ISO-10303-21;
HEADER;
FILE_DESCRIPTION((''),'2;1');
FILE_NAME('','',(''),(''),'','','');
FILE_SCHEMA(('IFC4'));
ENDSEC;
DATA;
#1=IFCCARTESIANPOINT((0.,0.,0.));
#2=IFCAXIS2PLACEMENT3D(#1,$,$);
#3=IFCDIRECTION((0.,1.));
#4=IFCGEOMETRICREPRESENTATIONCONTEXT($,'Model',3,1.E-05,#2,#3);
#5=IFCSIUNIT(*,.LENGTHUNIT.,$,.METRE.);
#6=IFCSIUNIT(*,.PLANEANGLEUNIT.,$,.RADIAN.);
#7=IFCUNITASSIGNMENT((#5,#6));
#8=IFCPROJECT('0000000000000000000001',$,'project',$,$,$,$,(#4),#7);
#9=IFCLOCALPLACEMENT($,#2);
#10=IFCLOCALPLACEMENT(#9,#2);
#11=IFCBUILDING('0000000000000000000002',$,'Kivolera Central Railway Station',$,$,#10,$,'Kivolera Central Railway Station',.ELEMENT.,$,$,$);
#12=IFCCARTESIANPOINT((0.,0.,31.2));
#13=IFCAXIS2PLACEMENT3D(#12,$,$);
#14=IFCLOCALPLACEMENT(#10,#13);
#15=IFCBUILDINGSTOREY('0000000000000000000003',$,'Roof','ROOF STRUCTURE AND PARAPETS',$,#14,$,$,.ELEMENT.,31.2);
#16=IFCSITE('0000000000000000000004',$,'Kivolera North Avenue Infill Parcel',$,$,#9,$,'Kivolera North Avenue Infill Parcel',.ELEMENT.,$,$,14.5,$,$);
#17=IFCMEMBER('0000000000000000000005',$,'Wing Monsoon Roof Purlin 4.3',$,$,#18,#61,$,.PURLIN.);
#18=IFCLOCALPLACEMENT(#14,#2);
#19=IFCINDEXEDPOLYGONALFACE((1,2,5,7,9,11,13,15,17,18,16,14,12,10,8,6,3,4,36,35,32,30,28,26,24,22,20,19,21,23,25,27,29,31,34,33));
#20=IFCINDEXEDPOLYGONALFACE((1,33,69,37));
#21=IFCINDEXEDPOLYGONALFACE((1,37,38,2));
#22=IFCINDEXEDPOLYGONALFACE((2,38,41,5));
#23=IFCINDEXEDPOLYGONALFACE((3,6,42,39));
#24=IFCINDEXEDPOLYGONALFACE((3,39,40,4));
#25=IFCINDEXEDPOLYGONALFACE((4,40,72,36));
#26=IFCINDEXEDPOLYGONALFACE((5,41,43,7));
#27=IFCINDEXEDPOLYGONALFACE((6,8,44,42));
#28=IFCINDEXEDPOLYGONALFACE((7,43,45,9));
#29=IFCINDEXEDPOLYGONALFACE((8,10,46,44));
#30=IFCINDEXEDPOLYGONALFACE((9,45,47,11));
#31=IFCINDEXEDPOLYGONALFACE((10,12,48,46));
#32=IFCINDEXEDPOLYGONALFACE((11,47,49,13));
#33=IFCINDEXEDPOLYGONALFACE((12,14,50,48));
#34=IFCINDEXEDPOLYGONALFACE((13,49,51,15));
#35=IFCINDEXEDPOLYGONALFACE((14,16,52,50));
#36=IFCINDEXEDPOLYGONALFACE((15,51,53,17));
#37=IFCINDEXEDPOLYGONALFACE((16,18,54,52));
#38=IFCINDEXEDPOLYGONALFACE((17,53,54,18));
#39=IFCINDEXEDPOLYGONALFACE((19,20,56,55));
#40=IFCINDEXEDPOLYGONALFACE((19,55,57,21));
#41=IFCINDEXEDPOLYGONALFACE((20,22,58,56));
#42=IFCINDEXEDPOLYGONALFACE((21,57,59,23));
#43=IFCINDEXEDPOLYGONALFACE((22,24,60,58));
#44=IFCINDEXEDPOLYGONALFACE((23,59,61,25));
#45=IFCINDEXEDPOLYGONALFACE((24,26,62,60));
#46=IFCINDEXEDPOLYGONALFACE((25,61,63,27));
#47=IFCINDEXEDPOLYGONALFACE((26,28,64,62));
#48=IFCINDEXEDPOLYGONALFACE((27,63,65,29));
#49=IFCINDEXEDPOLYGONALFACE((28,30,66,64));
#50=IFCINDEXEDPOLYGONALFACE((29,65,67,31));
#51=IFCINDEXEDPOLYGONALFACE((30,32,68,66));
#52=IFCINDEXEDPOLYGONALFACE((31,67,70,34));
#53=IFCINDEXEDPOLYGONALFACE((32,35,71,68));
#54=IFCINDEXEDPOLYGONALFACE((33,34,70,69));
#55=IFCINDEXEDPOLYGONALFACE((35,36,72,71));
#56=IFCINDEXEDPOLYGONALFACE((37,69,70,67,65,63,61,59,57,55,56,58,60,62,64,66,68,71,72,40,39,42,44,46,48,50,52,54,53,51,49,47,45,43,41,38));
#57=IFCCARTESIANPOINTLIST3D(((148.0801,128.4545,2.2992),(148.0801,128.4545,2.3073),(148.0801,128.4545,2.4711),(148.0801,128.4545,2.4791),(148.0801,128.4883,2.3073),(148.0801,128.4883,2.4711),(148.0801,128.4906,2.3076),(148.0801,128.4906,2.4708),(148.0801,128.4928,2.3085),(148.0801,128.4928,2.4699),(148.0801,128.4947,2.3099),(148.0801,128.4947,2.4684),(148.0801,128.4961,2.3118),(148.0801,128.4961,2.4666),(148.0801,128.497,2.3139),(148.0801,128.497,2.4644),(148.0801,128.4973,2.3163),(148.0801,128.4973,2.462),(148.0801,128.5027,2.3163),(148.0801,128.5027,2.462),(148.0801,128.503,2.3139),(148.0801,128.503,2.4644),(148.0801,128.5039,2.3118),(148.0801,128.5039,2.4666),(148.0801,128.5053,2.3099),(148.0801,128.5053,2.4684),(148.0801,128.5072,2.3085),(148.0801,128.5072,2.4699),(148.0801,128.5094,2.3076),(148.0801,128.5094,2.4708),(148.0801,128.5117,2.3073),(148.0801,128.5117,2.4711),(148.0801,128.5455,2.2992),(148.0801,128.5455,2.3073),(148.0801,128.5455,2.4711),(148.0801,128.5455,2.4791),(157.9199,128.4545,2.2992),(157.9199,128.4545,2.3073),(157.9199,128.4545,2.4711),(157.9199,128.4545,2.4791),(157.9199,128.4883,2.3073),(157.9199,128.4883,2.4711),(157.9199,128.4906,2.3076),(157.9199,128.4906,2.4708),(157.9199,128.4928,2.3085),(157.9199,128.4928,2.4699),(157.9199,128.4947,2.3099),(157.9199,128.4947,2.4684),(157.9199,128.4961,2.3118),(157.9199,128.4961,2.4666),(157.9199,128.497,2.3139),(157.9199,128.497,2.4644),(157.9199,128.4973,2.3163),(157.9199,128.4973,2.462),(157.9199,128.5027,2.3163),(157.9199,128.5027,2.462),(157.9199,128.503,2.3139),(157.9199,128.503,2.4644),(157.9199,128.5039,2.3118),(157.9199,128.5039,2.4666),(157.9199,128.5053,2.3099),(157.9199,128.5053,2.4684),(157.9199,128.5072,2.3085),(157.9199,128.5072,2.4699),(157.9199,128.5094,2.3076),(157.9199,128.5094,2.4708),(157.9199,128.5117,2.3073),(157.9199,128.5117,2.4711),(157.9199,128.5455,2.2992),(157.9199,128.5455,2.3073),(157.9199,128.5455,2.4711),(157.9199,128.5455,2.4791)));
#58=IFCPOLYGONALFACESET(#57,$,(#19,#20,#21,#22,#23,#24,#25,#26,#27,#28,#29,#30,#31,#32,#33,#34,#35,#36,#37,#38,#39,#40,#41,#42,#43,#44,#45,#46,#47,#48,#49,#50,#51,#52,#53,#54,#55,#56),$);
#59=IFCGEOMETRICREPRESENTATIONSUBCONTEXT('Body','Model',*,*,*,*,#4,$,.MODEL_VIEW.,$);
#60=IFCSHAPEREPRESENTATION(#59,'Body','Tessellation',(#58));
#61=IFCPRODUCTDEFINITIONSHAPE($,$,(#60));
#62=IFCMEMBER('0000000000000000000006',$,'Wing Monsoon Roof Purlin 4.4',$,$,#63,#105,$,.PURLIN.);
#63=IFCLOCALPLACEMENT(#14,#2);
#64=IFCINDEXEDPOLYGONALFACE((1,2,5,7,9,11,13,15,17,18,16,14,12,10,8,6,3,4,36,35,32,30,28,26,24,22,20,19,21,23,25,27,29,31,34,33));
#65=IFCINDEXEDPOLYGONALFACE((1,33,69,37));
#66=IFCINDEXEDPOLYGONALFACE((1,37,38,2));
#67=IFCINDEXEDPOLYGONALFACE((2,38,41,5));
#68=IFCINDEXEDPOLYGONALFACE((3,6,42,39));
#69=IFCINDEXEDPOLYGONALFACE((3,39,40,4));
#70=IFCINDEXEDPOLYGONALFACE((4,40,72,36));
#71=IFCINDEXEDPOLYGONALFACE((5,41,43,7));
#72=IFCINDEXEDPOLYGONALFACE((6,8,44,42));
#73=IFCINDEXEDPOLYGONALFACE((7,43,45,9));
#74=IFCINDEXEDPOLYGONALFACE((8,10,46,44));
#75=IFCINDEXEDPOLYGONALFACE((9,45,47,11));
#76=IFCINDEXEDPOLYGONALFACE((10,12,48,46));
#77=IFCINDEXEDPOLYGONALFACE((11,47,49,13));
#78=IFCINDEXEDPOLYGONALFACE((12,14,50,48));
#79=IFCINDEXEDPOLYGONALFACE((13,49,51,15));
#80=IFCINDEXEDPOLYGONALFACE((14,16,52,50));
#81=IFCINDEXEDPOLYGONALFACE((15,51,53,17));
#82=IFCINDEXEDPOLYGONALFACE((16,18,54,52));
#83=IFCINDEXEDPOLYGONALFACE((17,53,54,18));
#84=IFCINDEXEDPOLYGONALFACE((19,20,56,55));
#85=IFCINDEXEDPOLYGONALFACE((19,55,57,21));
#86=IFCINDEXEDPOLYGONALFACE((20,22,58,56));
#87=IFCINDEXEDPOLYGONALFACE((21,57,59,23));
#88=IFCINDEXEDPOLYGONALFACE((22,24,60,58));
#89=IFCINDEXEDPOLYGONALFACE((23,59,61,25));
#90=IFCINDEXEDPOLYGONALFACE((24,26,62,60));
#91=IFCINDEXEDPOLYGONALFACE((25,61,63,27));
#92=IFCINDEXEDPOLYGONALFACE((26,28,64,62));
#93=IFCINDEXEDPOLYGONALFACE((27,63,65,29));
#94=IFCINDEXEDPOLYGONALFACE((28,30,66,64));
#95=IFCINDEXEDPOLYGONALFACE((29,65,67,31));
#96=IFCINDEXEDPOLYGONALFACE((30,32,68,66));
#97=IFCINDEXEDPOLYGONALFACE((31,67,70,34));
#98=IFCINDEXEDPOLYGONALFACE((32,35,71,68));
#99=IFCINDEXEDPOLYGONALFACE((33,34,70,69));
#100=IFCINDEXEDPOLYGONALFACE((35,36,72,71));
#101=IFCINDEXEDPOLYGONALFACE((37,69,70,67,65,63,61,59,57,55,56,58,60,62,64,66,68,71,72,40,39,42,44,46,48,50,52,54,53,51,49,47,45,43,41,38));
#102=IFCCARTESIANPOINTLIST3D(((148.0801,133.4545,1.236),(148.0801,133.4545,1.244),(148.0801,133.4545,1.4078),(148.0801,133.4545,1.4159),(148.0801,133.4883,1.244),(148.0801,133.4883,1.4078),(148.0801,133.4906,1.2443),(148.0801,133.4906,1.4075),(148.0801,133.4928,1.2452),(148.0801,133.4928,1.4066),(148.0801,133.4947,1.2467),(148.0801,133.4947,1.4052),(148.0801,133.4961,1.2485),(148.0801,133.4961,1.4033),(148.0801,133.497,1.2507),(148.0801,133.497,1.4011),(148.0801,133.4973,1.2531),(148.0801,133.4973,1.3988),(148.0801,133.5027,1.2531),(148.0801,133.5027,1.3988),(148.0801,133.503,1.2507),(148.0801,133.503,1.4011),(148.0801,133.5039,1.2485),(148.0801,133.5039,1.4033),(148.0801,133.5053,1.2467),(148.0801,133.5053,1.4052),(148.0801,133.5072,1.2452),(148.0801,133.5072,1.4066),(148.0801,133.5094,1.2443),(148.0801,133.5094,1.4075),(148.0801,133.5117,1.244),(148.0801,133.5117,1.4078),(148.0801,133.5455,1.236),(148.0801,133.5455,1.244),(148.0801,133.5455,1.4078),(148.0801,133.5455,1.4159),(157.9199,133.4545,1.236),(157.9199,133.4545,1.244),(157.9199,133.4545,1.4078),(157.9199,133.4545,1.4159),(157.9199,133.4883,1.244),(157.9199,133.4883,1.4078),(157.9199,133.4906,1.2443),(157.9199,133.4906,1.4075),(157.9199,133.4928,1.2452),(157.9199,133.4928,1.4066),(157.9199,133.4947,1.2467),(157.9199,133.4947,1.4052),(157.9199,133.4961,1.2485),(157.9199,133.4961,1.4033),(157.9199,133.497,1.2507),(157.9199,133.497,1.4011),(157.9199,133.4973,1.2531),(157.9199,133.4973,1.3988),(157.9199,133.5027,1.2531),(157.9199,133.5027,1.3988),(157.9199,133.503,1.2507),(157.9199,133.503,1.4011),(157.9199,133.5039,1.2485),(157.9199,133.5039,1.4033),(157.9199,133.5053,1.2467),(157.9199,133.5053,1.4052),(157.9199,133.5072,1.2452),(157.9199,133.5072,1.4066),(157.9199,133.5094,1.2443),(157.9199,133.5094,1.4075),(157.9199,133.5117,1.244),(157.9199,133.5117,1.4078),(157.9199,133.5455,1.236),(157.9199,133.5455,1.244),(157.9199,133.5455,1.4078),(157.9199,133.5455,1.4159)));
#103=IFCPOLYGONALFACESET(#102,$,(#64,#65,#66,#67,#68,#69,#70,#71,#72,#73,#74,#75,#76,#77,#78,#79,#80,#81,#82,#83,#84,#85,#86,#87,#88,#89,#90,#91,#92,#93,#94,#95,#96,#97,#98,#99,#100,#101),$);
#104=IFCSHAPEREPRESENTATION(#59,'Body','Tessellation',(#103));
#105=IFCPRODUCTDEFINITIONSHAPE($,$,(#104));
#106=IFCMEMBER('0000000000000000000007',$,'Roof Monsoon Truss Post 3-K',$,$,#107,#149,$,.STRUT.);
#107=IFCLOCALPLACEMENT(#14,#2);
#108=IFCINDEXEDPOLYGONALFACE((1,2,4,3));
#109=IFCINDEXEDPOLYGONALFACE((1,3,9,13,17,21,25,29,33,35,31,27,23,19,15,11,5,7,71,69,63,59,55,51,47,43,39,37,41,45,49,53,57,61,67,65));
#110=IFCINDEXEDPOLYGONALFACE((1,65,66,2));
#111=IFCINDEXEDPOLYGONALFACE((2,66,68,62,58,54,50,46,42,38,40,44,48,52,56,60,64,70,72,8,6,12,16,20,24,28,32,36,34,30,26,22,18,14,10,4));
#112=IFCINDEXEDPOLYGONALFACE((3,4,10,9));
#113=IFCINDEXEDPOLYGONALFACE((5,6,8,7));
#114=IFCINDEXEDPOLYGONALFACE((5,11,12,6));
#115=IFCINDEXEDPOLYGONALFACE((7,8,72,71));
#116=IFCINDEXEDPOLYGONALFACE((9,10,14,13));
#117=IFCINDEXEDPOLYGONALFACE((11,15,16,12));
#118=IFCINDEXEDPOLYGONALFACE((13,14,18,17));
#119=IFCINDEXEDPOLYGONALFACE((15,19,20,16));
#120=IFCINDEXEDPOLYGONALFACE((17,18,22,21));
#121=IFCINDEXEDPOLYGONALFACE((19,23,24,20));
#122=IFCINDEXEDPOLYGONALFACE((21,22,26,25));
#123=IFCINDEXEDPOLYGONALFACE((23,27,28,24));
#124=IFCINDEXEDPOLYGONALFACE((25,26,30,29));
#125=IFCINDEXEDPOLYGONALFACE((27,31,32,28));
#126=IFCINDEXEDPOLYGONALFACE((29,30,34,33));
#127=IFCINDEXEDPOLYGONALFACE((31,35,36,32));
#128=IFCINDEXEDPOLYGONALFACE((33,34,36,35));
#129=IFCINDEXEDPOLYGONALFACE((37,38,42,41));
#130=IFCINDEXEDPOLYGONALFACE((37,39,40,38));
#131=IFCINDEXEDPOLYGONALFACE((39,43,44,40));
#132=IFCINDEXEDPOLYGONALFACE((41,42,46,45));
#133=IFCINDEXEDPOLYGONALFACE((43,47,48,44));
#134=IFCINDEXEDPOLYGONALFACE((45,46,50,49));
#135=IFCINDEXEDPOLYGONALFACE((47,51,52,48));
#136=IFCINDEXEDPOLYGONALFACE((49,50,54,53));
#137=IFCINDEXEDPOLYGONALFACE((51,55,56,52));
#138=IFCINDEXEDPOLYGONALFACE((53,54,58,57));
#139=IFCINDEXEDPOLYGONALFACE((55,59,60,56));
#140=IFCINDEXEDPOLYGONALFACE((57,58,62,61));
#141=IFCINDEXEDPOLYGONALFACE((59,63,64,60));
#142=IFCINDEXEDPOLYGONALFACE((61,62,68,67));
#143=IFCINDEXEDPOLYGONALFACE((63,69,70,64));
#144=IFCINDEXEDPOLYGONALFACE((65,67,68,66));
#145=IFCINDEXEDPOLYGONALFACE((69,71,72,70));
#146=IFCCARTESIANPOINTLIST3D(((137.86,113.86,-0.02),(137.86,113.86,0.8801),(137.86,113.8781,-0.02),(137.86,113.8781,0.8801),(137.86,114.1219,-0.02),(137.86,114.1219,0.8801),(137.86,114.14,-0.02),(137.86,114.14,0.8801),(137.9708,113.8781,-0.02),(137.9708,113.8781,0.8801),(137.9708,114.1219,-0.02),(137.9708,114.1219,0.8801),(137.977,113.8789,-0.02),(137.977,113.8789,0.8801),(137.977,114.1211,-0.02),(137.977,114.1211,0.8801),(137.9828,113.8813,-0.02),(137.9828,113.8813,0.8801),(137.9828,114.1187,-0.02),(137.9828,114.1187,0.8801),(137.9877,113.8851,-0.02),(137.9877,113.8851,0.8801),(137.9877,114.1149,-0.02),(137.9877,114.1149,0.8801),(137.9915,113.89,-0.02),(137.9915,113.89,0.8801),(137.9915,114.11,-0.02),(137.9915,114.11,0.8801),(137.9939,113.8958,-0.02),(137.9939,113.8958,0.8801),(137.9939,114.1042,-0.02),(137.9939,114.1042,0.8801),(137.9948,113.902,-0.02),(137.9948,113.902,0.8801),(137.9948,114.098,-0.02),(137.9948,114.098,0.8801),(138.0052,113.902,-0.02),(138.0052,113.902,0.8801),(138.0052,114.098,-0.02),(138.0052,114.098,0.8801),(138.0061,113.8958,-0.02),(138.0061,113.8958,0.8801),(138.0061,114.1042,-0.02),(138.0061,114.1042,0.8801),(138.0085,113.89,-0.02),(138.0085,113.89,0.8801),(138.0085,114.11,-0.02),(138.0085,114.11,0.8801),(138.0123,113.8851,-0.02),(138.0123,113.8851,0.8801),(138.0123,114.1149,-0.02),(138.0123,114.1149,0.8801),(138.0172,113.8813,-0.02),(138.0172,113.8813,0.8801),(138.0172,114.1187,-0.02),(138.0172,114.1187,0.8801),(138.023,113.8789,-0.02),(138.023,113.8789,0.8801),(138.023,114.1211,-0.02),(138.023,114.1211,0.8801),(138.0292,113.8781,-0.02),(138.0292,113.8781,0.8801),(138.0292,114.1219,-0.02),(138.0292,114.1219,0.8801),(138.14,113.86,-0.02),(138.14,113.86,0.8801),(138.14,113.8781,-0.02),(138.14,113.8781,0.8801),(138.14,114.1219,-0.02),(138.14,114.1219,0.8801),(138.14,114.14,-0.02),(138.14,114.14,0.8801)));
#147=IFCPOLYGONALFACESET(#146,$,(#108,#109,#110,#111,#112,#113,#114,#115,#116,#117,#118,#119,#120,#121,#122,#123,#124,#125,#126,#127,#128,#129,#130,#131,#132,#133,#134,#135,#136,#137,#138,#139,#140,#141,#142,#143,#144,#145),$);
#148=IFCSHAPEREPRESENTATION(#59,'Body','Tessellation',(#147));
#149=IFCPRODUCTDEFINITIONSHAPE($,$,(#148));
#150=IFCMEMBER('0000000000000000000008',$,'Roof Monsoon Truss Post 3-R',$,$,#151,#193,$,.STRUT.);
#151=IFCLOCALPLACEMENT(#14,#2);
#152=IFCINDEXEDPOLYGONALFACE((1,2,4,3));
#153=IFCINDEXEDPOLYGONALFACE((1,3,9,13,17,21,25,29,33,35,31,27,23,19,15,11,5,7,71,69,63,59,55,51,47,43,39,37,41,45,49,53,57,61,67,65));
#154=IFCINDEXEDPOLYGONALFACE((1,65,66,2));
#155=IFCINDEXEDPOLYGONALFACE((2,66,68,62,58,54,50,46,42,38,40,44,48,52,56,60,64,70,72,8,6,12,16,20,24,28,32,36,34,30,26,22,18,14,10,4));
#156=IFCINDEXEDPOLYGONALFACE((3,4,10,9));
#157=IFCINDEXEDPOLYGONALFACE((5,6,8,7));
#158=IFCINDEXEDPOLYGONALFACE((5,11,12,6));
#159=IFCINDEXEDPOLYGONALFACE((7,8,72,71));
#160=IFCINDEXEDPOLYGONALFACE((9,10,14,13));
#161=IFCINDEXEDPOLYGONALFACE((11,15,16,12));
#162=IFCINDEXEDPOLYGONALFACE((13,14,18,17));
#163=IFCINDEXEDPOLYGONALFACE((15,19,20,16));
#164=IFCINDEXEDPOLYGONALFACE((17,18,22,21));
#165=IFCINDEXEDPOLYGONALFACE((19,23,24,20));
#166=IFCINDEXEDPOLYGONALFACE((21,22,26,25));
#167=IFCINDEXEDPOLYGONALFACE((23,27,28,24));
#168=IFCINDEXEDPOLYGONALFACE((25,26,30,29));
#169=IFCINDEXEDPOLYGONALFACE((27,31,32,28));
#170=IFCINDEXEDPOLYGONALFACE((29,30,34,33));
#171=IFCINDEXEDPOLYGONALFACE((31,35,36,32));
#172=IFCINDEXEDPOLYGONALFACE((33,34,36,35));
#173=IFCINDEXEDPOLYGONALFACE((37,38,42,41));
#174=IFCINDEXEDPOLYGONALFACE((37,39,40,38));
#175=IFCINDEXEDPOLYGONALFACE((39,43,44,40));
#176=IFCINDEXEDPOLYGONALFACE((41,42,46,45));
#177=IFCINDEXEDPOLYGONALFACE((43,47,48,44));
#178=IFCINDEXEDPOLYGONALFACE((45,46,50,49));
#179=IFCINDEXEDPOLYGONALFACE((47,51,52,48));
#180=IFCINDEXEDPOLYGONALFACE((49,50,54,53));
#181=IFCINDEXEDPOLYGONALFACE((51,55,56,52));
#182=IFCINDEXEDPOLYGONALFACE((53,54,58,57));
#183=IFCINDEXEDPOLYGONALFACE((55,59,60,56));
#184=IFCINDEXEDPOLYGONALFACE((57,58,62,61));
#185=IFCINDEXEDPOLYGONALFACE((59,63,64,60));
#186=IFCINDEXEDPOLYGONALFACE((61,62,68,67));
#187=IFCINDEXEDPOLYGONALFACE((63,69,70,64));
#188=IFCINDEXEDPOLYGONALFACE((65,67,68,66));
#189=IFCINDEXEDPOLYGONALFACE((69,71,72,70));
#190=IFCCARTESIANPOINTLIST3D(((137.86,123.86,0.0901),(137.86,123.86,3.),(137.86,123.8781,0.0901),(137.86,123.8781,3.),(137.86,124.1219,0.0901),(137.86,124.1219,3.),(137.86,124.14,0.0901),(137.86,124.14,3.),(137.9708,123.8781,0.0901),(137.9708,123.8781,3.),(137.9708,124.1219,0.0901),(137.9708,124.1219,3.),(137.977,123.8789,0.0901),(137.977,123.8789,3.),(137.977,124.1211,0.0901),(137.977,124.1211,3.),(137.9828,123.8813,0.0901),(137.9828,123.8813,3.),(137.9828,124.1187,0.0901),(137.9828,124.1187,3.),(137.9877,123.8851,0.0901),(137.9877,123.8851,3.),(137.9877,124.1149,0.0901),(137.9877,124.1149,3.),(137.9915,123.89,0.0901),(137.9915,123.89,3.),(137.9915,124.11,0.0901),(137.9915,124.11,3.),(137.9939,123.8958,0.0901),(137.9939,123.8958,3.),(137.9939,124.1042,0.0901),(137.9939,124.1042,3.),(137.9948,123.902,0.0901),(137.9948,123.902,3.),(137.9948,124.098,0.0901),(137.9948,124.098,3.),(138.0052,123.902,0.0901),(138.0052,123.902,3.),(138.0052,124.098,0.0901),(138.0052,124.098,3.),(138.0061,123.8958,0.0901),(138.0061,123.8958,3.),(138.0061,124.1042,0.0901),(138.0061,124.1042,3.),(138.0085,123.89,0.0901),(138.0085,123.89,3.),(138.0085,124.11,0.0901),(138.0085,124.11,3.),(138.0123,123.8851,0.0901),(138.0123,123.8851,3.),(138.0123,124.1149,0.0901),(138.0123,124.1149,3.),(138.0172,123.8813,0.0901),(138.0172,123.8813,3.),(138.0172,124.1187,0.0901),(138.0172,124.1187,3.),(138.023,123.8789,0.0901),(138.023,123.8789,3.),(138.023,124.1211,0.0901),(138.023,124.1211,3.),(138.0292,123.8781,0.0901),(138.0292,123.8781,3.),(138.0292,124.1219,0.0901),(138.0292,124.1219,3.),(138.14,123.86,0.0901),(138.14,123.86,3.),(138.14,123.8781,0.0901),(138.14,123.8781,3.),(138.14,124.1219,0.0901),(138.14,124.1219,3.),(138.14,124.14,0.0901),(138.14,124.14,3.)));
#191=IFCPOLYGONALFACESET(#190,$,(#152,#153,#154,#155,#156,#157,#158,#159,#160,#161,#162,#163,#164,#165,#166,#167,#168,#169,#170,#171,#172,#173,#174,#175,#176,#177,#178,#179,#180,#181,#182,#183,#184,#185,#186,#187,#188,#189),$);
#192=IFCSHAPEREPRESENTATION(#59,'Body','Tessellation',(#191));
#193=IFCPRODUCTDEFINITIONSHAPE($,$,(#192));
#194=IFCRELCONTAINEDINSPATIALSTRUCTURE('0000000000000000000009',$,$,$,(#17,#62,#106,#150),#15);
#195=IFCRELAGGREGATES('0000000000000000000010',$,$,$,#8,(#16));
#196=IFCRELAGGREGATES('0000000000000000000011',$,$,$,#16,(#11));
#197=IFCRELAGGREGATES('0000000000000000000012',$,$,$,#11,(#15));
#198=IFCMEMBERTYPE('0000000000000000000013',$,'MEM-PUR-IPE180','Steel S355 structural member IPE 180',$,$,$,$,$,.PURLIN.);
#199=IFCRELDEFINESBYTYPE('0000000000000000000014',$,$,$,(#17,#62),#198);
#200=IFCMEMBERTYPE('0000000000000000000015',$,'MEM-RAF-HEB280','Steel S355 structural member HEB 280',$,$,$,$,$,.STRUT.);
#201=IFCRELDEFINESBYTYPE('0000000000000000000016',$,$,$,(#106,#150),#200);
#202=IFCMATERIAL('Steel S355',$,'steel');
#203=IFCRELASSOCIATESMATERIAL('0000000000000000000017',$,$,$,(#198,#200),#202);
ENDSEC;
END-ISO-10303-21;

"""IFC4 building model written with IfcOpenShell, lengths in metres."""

from ifc_helpers import new_model, si_unit, direction, frame, origin, origin_2d, place, context, subcontext, project, spatial, i_section, extrude, material, material_profile, profile_set, type_object, element, save


model = new_model("IFC4")

# Units and contexts
model_context = context("Model", 3, precision=1e-05, world=origin(), true_north=direction((0.0, 1.0)))
body_context = subcontext(model_context, "Body", "Model", "MODEL_VIEW")
ifc_project = project(units=[si_unit("LENGTHUNIT", "METRE"), si_unit("PLANEANGLEUNIT", "RADIAN")], contexts=[model_context])

# Site, building, storey
site_placement = place(None, origin())
site = spatial("IfcSite", under=ifc_project, at=site_placement, Name="Kivolera North Avenue Infill Parcel", LongName="Kivolera North Avenue Infill Parcel", CompositionType="ELEMENT", RefElevation=14.5)
building_placement = place(site_placement, origin())
building = spatial("IfcBuilding", under=site, at=building_placement, Name="Kivolera Central Railway Station", LongName="Kivolera Central Railway Station", CompositionType="ELEMENT")
storey_placement = place(building_placement, frame((0.0, 0.0, 31.2)))
storey = spatial("IfcBuildingStorey", under=building, at=storey_placement, Name="Roof", Description="ROOF STRUCTURE AND PARAPETS", CompositionType="ELEMENT", Elevation=31.2)

# Shared definitions
ifc_material_1 = material(Name="Steel S355", Category="steel")

# Members
ifc_material_profile_1 = material_profile(ifc_material_1, i_section(OverallWidth=0.0911, OverallDepth=0.1799, WebThickness=0.0054, FlangeThickness=0.0081, FilletRadius=0.009, at=origin_2d()), Name="IPE 180")
ifc_profile_set_1 = profile_set([ifc_material_profile_1], Name="Steel S355")
member_type_1 = type_object("IfcMemberType", Name="MEM-PUR-IPE180", Description="Steel S355 structural member IPE 180", PredefinedType="PURLIN", material=ifc_profile_set_1)
for number, where, z_axis, x_axis, name in (
    (1, (148.0801, 128.5, 2.3892), (1.0, 0.0, 0.0), (0.0, 1.0, 0.0), "Wing Monsoon Roof Purlin 4.3"),
    (2, (148.0801, 133.5, 1.3259), (1.0, 0.0, 0.0), (0.0, 1.0, 0.0), "Wing Monsoon Roof Purlin 4.4"),
):
    element("IfcMember", number, at=place(storey_placement, frame(where, z_axis=z_axis, x_axis=x_axis)), inside=storey, type_object=member_type_1, Name=name, PredefinedType="PURLIN", context=body_context, shape_type="SweptSolid", body=[
        extrude(i_section(OverallWidth=0.0911, OverallDepth=0.1799, WebThickness=0.0054, FlangeThickness=0.0081, FilletRadius=0.009, at=origin_2d()), origin(), (0.0, 0.0, 1.0), 9.8398),
    ])
ifc_material_profile_2 = material_profile(ifc_material_1, i_section(OverallWidth=0.28, OverallDepth=0.28, WebThickness=0.0105, FlangeThickness=0.0181, FilletRadius=0.0239, at=origin_2d()), Name="HEB 280")
ifc_profile_set_2 = profile_set([ifc_material_profile_2], Name="Steel S355")
member_type_2 = type_object("IfcMemberType", Name="MEM-RAF-HEB280", Description="Steel S355 structural member HEB 280", PredefinedType="STRUT", material=ifc_profile_set_2)
member_1_placement = place(storey_placement, frame((138.0, 114.0, -0.02), z_axis=(0.0, 0.0, 1.0), x_axis=(1.0, 0.0, 0.0)))
element("IfcMember", 3, at=member_1_placement, inside=storey, type_object=member_type_2, Name="Roof Monsoon Truss Post 3-K", PredefinedType="STRUT", context=body_context, shape_type="SweptSolid", body=[
    extrude(i_section(OverallWidth=0.28, OverallDepth=0.28, WebThickness=0.0105, FlangeThickness=0.0181, FilletRadius=0.0239, at=origin_2d()), origin(), (0.0, 0.0, 1.0), 0.9001),
])
member_2_placement = place(storey_placement, frame((138.0, 124.0, 0.0901), z_axis=(0.0, 0.0, 1.0), x_axis=(1.0, 0.0, 0.0)))
element("IfcMember", 4, at=member_2_placement, inside=storey, type_object=member_type_2, Name="Roof Monsoon Truss Post 3-R", PredefinedType="STRUT", context=body_context, shape_type="SweptSolid", body=[
    extrude(i_section(OverallWidth=0.28, OverallDepth=0.28, WebThickness=0.0105, FlangeThickness=0.0181, FilletRadius=0.0239, at=origin_2d()), origin(), (0.0, 0.0, 1.0), 2.9099),
])

save(model, "model.ifc")
